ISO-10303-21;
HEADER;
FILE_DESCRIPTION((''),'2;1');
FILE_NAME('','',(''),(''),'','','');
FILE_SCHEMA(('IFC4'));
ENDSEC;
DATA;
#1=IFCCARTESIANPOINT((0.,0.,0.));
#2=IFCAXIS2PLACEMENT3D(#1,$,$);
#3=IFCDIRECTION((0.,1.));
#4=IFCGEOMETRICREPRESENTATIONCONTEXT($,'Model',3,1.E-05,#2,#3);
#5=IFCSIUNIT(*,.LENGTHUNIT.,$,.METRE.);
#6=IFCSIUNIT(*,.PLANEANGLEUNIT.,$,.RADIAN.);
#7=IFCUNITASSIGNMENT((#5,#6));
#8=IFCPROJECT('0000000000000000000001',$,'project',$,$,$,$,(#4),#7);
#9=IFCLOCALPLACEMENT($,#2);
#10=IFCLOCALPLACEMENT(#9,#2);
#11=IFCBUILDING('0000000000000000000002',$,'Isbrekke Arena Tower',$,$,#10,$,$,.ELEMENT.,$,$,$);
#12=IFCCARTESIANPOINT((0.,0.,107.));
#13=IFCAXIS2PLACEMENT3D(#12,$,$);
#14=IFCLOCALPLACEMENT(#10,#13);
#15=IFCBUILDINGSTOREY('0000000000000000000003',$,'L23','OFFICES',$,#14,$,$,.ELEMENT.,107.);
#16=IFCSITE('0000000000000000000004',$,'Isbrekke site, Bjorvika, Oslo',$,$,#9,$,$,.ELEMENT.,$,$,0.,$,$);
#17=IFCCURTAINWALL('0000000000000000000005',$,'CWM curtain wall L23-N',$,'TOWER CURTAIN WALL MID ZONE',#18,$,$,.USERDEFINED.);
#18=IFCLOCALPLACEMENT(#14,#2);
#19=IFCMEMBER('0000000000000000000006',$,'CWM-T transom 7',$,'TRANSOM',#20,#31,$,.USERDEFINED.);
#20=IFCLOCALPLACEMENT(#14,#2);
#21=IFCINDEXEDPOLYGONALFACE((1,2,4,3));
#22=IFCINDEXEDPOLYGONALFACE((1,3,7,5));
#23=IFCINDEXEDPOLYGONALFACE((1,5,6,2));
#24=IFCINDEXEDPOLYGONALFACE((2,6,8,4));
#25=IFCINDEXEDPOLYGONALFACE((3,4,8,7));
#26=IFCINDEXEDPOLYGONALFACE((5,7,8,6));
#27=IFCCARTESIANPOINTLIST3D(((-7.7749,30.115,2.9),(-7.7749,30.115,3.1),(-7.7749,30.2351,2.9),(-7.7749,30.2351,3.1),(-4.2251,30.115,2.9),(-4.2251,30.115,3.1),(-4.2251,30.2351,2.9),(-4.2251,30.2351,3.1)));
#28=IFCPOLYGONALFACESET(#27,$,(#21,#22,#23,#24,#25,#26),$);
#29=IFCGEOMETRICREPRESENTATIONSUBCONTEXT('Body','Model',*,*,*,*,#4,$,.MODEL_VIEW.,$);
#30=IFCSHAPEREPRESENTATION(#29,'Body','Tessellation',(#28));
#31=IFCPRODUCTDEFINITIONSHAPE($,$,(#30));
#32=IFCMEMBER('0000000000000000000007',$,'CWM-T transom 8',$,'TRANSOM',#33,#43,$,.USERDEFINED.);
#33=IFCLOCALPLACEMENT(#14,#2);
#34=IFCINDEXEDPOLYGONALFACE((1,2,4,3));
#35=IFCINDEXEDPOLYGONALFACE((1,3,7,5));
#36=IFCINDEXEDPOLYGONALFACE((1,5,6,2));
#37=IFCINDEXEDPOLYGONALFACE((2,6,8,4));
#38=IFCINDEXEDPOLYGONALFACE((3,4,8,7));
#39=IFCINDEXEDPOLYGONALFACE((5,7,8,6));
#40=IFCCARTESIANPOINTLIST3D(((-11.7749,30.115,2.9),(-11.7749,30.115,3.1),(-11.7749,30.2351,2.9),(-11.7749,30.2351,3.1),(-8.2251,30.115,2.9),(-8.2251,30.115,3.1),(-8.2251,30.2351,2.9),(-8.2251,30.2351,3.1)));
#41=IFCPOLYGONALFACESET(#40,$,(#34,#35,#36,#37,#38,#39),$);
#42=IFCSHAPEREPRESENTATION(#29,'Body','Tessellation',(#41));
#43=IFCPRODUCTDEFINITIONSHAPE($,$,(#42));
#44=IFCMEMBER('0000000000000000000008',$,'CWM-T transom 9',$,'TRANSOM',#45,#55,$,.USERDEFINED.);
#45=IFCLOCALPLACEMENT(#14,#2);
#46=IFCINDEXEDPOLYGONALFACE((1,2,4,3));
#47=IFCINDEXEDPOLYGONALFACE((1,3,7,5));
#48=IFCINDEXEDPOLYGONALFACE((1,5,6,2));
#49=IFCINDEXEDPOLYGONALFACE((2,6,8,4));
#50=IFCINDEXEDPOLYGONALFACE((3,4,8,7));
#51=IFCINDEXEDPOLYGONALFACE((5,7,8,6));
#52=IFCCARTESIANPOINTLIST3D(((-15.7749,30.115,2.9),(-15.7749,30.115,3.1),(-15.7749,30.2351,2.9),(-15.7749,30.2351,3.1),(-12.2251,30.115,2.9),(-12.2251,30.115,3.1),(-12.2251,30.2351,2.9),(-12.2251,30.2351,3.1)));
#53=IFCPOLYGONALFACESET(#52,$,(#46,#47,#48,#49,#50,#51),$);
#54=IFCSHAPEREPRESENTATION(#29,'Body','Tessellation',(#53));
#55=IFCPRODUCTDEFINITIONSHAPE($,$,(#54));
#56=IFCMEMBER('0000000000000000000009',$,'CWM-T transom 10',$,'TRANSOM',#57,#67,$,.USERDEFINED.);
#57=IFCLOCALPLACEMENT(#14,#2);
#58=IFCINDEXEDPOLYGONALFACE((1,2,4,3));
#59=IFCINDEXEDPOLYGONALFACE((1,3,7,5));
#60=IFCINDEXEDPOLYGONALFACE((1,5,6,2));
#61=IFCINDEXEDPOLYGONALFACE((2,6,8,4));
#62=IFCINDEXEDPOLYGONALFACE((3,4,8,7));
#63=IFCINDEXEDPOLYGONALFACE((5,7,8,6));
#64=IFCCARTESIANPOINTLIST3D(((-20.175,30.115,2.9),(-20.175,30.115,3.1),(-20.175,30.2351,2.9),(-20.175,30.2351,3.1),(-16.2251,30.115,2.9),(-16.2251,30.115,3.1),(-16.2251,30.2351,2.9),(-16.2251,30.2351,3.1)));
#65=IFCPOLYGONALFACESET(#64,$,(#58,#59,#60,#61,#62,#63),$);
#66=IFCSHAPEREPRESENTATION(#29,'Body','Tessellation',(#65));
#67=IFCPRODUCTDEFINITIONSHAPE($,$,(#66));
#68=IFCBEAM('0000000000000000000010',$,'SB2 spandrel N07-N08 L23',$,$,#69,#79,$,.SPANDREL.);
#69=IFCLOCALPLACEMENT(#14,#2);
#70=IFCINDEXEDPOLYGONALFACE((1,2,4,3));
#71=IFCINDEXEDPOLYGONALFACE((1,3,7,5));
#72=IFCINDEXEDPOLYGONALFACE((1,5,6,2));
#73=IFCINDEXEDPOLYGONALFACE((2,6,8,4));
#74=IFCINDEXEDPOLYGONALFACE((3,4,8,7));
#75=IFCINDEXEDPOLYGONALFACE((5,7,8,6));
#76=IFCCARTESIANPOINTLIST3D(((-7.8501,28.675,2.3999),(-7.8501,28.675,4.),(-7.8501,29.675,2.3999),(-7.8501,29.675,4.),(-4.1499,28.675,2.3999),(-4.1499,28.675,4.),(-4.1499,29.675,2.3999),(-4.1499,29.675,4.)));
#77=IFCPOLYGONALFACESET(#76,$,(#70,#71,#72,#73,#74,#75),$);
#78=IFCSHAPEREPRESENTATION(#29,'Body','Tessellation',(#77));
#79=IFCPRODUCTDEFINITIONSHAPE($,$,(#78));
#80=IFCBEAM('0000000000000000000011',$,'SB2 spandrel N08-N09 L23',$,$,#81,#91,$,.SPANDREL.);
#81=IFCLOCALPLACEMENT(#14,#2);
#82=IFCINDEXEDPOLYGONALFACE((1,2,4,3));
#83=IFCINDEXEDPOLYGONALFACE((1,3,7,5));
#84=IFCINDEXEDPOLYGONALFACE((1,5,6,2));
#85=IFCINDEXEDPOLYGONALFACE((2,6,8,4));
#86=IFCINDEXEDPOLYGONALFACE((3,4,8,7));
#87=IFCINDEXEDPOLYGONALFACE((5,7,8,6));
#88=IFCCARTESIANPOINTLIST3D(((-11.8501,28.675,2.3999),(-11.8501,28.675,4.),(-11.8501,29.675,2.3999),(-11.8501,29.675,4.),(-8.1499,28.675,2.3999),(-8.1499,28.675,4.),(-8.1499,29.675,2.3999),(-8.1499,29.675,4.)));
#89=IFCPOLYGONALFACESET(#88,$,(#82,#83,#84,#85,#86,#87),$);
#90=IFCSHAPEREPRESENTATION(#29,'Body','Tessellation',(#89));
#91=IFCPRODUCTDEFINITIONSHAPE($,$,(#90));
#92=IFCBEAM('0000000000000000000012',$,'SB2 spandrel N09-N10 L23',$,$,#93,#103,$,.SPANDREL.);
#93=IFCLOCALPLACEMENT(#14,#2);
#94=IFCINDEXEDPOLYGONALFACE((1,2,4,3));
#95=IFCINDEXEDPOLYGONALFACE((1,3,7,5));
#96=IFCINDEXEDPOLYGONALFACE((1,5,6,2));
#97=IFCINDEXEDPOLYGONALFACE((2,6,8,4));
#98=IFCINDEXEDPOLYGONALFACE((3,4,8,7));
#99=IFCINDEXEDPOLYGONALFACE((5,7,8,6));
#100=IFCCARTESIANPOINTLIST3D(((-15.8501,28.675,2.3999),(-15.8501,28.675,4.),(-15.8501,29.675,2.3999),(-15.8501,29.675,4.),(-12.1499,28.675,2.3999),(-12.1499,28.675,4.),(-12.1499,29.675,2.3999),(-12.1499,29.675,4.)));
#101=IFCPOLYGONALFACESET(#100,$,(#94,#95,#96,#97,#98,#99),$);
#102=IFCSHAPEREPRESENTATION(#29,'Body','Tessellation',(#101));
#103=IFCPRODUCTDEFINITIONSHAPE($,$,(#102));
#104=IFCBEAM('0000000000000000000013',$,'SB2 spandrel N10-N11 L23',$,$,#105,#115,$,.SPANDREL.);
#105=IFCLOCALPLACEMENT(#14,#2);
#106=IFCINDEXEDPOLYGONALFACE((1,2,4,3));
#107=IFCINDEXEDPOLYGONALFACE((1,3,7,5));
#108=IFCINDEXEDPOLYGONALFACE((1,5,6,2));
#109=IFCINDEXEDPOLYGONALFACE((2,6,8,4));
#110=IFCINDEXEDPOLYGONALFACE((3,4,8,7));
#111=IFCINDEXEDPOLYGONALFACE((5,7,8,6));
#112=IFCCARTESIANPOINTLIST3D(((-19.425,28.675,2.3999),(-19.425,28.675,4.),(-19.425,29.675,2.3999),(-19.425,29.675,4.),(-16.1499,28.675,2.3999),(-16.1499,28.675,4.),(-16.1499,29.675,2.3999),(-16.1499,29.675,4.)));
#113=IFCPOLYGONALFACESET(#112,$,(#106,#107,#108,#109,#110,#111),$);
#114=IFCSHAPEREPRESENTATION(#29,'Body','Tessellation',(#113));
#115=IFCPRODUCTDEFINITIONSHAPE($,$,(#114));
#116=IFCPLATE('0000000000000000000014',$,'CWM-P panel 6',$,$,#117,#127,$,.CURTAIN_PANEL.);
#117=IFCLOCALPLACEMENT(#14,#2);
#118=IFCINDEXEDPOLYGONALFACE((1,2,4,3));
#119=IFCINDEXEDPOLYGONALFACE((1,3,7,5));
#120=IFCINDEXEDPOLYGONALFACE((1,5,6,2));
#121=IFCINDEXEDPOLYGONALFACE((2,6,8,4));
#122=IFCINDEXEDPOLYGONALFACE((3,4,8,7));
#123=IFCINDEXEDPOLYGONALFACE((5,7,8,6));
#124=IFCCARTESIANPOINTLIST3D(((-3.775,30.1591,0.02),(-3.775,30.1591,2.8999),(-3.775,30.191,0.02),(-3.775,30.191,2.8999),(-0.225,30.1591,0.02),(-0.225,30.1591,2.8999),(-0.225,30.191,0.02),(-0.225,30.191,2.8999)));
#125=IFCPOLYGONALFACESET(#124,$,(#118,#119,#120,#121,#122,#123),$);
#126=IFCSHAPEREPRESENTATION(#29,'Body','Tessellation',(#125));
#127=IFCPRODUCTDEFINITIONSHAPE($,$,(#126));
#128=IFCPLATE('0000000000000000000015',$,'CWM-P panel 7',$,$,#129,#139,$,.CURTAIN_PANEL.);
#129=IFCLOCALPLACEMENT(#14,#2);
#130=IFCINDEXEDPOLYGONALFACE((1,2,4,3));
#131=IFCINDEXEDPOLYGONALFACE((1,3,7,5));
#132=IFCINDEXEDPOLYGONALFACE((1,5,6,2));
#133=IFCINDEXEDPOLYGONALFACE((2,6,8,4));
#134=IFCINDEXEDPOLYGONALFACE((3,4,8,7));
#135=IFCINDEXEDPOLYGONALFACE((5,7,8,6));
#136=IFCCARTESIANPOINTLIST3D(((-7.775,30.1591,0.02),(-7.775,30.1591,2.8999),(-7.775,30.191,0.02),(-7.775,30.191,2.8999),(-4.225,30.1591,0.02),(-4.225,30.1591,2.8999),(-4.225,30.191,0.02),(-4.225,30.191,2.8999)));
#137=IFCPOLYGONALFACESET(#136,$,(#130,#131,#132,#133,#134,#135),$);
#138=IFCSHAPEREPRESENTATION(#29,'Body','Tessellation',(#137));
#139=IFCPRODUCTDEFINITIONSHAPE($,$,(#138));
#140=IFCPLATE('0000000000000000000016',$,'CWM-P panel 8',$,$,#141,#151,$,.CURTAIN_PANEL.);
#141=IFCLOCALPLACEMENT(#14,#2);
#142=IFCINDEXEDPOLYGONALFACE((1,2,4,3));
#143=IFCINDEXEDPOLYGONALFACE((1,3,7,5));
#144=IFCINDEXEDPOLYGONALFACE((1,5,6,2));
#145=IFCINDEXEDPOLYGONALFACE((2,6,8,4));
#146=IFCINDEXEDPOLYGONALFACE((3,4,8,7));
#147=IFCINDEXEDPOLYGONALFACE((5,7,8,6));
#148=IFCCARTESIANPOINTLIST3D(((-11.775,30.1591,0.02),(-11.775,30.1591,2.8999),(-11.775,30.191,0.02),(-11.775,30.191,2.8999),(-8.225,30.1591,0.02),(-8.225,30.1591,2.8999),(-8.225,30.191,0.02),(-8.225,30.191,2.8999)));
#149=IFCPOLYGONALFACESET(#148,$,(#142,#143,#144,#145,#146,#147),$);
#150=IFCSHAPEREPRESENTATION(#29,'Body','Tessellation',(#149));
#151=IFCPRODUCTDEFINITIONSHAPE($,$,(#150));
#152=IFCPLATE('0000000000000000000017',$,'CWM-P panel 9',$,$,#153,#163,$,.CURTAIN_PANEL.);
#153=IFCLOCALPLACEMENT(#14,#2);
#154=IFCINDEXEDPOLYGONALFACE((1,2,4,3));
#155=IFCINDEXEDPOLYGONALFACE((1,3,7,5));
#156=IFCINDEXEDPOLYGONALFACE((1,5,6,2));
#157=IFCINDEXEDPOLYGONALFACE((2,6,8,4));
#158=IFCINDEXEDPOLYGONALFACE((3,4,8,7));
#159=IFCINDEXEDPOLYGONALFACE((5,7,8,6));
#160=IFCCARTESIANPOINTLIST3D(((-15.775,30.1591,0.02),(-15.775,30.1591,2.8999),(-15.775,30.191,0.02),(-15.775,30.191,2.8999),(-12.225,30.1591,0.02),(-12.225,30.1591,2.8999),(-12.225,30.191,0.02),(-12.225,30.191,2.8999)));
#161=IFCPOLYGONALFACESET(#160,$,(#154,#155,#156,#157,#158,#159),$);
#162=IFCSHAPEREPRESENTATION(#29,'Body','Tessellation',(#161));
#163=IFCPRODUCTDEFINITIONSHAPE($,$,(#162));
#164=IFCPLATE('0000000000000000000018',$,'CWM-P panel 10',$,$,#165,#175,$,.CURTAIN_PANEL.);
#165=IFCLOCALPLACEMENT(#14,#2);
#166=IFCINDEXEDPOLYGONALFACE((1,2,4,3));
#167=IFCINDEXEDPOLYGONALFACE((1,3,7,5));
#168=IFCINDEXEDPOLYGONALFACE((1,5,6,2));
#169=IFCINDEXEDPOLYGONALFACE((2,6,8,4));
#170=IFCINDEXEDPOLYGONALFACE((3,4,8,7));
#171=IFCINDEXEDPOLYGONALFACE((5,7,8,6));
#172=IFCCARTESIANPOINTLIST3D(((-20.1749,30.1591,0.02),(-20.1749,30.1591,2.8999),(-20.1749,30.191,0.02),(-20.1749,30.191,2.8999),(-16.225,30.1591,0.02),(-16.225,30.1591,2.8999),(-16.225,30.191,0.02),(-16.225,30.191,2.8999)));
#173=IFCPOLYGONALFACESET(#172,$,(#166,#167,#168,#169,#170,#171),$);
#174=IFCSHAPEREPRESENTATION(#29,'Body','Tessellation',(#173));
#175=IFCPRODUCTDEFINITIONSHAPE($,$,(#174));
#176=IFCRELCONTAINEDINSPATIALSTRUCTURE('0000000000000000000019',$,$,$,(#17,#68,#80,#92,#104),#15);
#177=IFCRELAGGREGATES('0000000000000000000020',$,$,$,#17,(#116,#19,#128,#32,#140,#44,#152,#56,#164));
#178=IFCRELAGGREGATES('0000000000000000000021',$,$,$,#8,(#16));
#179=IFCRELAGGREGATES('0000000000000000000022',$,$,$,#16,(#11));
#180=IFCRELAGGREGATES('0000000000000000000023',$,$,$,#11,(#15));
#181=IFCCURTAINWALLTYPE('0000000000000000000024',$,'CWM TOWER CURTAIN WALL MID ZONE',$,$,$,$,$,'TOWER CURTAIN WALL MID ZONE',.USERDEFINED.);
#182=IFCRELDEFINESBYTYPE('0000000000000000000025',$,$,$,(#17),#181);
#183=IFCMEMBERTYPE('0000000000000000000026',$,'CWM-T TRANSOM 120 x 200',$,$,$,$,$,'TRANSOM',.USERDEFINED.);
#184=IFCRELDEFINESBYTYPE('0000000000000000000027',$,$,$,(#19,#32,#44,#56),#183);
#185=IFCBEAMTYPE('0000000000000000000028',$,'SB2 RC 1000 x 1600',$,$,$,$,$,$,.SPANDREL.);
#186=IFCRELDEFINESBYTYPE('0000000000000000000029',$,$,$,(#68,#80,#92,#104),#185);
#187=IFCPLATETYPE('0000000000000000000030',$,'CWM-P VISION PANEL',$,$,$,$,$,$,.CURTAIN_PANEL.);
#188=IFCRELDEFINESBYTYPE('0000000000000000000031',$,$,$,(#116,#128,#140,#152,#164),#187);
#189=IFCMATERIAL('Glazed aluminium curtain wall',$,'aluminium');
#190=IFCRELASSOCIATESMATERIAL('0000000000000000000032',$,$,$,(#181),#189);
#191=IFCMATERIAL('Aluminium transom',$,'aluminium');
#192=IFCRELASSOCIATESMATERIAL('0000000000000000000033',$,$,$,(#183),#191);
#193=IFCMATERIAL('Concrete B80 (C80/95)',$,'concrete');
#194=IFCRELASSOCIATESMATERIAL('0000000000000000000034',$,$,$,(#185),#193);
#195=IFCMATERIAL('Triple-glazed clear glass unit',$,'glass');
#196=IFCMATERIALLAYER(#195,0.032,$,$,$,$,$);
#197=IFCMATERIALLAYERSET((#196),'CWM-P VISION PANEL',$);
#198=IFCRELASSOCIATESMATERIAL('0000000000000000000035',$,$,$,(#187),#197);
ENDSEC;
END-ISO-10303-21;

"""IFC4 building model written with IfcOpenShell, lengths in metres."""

from ifc_helpers import new_model, si_unit, direction, frame, origin, origin_2d, place, context, subcontext, project, spatial, rectangle, extrude, material, layer, layer_set, material_profile, profile_set, type_object, element, aggregate, save


model = new_model("IFC4")

# Units and contexts
model_context = context("Model", 3, precision=1e-05, world=origin(), true_north=direction((0.0, 1.0)))
body_context = subcontext(model_context, "Body", "Model", "MODEL_VIEW")
ifc_project = project(units=[si_unit("LENGTHUNIT", "METRE"), si_unit("PLANEANGLEUNIT", "RADIAN")], contexts=[model_context])

# Site, building, storey
site_placement = place(None, origin())
site = spatial("IfcSite", under=ifc_project, at=site_placement, Name="Isbrekke site, Bjorvika, Oslo", CompositionType="ELEMENT", RefElevation=0.0)
building_placement = place(site_placement, origin())
building = spatial("IfcBuilding", under=site, at=building_placement, Name="Isbrekke Arena Tower", CompositionType="ELEMENT")
storey_placement = place(building_placement, frame((0.0, 0.0, 107.0)))
storey = spatial("IfcBuildingStorey", under=building, at=storey_placement, Name="L23", Description="OFFICES", CompositionType="ELEMENT", Elevation=107.0)

# Curtain wall, members
ifc_material_1 = material(Name="Glazed aluminium curtain wall", Category="aluminium")
curtain_wall_type = type_object("IfcCurtainWallType", Name="CWM TOWER CURTAIN WALL MID ZONE", ElementType="TOWER CURTAIN WALL MID ZONE", PredefinedType="USERDEFINED", material=ifc_material_1)
curtain_wall_placement = place(storey_placement, origin())
curtain_wall = element("IfcCurtainWall", 1, at=curtain_wall_placement, inside=storey, type_object=curtain_wall_type, Name="CWM curtain wall L23-N", ObjectType="TOWER CURTAIN WALL MID ZONE", PredefinedType="USERDEFINED")
ifc_material_2 = material(Name="Aluminium transom", Category="aluminium")
ifc_material_profile_1 = material_profile(ifc_material_2, rectangle(XDim=0.1201, YDim=0.2, at=origin_2d()), Name="TRANSOM 120X200")
ifc_profile_set_1 = profile_set([ifc_material_profile_1], Name="Aluminium transom")
member_type_1 = type_object("IfcMemberType", Name="CWM-T TRANSOM 120 x 200", ElementType="TRANSOM", PredefinedType="USERDEFINED", material=ifc_profile_set_1)
member_1_placement = place(storey_placement, frame((-4.2251, 30.175, 3.0), z_axis=(-1.0, 0.0, 0.0), x_axis=(0.0, -1.0, 0.0)))
member_1 = element("IfcMember", 2, at=member_1_placement, type_object=member_type_1, Name="CWM-T transom 7", ObjectType="TRANSOM", PredefinedType="USERDEFINED", context=body_context, shape_type="SweptSolid", body=[
    extrude(rectangle(XDim=0.1201, YDim=0.2, at=origin_2d()), origin(), (0.0, 0.0, 1.0), 3.5498),
])
member_2_placement = place(storey_placement, frame((-8.2251, 30.175, 3.0), z_axis=(-1.0, 0.0, 0.0), x_axis=(0.0, -1.0, 0.0)))
member_2 = element("IfcMember", 3, at=member_2_placement, type_object=member_type_1, Name="CWM-T transom 8", ObjectType="TRANSOM", PredefinedType="USERDEFINED", context=body_context, shape_type="SweptSolid", body=[
    extrude(rectangle(XDim=0.1201, YDim=0.2, at=origin_2d()), origin(), (0.0, 0.0, 1.0), 3.5498),
])
member_3_placement = place(storey_placement, frame((-12.2251, 30.175, 3.0), z_axis=(-1.0, 0.0, 0.0), x_axis=(0.0, -1.0, 0.0)))
member_3 = element("IfcMember", 4, at=member_3_placement, type_object=member_type_1, Name="CWM-T transom 9", ObjectType="TRANSOM", PredefinedType="USERDEFINED", context=body_context, shape_type="SweptSolid", body=[
    extrude(rectangle(XDim=0.1201, YDim=0.2, at=origin_2d()), origin(), (0.0, 0.0, 1.0), 3.5498),
])
member_4_placement = place(storey_placement, frame((-16.2251, 30.175, 3.0), z_axis=(-1.0, 0.0, 0.0), x_axis=(0.0, -1.0, 0.0)))
member_4 = element("IfcMember", 5, at=member_4_placement, type_object=member_type_1, Name="CWM-T transom 10", ObjectType="TRANSOM", PredefinedType="USERDEFINED", context=body_context, shape_type="SweptSolid", body=[
    extrude(rectangle(XDim=0.1201, YDim=0.2, at=origin_2d()), origin(), (0.0, 0.0, 1.0), 3.95),
])

# Beams
ifc_material_3 = material(Name="Concrete B80 (C80/95)", Category="concrete")
ifc_material_profile_2 = material_profile(ifc_material_3, rectangle(XDim=1.0, YDim=1.6001, at=origin_2d()), Name="RC 1000x1600")
ifc_profile_set_2 = profile_set([ifc_material_profile_2], Name="Concrete B80 (C80/95)")
beam_type_1 = type_object("IfcBeamType", Name="SB2 RC 1000 x 1600", PredefinedType="SPANDREL", material=ifc_profile_set_2)
for number, where, z_axis, x_axis, name in (
    (6, (-4.1499, 29.175, 3.2), (-1.0, 0.0, 0.0), (0.0, -1.0, 0.0), "SB2 spandrel N07-N08 L23"),
    (7, (-8.1499, 29.175, 3.2), (-1.0, 0.0, 0.0), (0.0, -1.0, 0.0), "SB2 spandrel N08-N09 L23"),
    (8, (-12.1499, 29.175, 3.2), (-1.0, 0.0, 0.0), (0.0, -1.0, 0.0), "SB2 spandrel N09-N10 L23"),
):
    element("IfcBeam", number, at=place(storey_placement, frame(where, z_axis=z_axis, x_axis=x_axis)), inside=storey, type_object=beam_type_1, Name=name, PredefinedType="SPANDREL", context=body_context, shape_type="SweptSolid", body=[
        extrude(rectangle(XDim=1.0, YDim=1.6001, at=origin_2d()), origin(), (0.0, 0.0, 1.0), 3.7002),
    ])
beam_1_placement = place(storey_placement, frame((-16.1499, 29.175, 3.2), z_axis=(-1.0, 0.0, 0.0), x_axis=(0.0, -1.0, 0.0)))
element("IfcBeam", 9, at=beam_1_placement, inside=storey, type_object=beam_type_1, Name="SB2 spandrel N10-N11 L23", PredefinedType="SPANDREL", context=body_context, shape_type="SweptSolid", body=[
    extrude(rectangle(XDim=1.0, YDim=1.6001, at=origin_2d()), origin(), (0.0, 0.0, 1.0), 3.2751),
])

# Plates
ifc_material_4 = material(Name="Triple-glazed clear glass unit", Category="glass")
ifc_layer = layer(ifc_material_4, 0.032)
ifc_layer_set = layer_set([ifc_layer], Name="CWM-P VISION PANEL")
plate_type = type_object("IfcPlateType", Name="CWM-P VISION PANEL", PredefinedType="CURTAIN_PANEL", material=ifc_layer_set)
plate_1_placement = place(storey_placement, frame((-2.0, 30.175, 0.02), z_axis=(0.0, 0.0, 1.0), x_axis=(-1.0, 0.0, 0.0)))
plate_1 = element("IfcPlate", 10, at=plate_1_placement, type_object=plate_type, Name="CWM-P panel 6", PredefinedType="CURTAIN_PANEL", context=body_context, shape_type="SweptSolid", body=[
    extrude(rectangle(XDim=3.55, YDim=0.032, at=origin_2d()), origin(), (0.0, 0.0, 1.0), 2.8799),
])
plate_2_placement = place(storey_placement, frame((-6.0, 30.175, 0.02), z_axis=(0.0, 0.0, 1.0), x_axis=(-1.0, 0.0, 0.0)))
plate_2 = element("IfcPlate", 11, at=plate_2_placement, type_object=plate_type, Name="CWM-P panel 7", PredefinedType="CURTAIN_PANEL", context=body_context, shape_type="SweptSolid", body=[
    extrude(rectangle(XDim=3.55, YDim=0.032, at=origin_2d()), origin(), (0.0, 0.0, 1.0), 2.8799),
])
plate_3_placement = place(storey_placement, frame((-10.0, 30.175, 0.02), z_axis=(0.0, 0.0, 1.0), x_axis=(-1.0, 0.0, 0.0)))
plate_3 = element("IfcPlate", 12, at=plate_3_placement, type_object=plate_type, Name="CWM-P panel 8", PredefinedType="CURTAIN_PANEL", context=body_context, shape_type="SweptSolid", body=[
    extrude(rectangle(XDim=3.55, YDim=0.032, at=origin_2d()), origin(), (0.0, 0.0, 1.0), 2.8799),
])
plate_4_placement = place(storey_placement, frame((-14.0, 30.175, 0.02), z_axis=(0.0, 0.0, 1.0), x_axis=(-1.0, 0.0, 0.0)))
plate_4 = element("IfcPlate", 13, at=plate_4_placement, type_object=plate_type, Name="CWM-P panel 9", PredefinedType="CURTAIN_PANEL", context=body_context, shape_type="SweptSolid", body=[
    extrude(rectangle(XDim=3.55, YDim=0.032, at=origin_2d()), origin(), (0.0, 0.0, 1.0), 2.8799),
])
plate_5_placement = place(storey_placement, frame((-18.2, 30.175, 0.02), z_axis=(0.0, 0.0, 1.0), x_axis=(-1.0, 0.0, 0.0)))
plate_5 = element("IfcPlate", 14, at=plate_5_placement, type_object=plate_type, Name="CWM-P panel 10", PredefinedType="CURTAIN_PANEL", context=body_context, shape_type="SweptSolid", body=[
    extrude(rectangle(XDim=3.95, YDim=0.032, at=origin_2d()), origin(), (0.0, 0.0, 1.0), 2.8799),
])
aggregate(curtain_wall, [plate_1, member_1, plate_2, member_2, plate_3, member_3, plate_4, member_4, plate_5])

save(model, "model.ifc")
